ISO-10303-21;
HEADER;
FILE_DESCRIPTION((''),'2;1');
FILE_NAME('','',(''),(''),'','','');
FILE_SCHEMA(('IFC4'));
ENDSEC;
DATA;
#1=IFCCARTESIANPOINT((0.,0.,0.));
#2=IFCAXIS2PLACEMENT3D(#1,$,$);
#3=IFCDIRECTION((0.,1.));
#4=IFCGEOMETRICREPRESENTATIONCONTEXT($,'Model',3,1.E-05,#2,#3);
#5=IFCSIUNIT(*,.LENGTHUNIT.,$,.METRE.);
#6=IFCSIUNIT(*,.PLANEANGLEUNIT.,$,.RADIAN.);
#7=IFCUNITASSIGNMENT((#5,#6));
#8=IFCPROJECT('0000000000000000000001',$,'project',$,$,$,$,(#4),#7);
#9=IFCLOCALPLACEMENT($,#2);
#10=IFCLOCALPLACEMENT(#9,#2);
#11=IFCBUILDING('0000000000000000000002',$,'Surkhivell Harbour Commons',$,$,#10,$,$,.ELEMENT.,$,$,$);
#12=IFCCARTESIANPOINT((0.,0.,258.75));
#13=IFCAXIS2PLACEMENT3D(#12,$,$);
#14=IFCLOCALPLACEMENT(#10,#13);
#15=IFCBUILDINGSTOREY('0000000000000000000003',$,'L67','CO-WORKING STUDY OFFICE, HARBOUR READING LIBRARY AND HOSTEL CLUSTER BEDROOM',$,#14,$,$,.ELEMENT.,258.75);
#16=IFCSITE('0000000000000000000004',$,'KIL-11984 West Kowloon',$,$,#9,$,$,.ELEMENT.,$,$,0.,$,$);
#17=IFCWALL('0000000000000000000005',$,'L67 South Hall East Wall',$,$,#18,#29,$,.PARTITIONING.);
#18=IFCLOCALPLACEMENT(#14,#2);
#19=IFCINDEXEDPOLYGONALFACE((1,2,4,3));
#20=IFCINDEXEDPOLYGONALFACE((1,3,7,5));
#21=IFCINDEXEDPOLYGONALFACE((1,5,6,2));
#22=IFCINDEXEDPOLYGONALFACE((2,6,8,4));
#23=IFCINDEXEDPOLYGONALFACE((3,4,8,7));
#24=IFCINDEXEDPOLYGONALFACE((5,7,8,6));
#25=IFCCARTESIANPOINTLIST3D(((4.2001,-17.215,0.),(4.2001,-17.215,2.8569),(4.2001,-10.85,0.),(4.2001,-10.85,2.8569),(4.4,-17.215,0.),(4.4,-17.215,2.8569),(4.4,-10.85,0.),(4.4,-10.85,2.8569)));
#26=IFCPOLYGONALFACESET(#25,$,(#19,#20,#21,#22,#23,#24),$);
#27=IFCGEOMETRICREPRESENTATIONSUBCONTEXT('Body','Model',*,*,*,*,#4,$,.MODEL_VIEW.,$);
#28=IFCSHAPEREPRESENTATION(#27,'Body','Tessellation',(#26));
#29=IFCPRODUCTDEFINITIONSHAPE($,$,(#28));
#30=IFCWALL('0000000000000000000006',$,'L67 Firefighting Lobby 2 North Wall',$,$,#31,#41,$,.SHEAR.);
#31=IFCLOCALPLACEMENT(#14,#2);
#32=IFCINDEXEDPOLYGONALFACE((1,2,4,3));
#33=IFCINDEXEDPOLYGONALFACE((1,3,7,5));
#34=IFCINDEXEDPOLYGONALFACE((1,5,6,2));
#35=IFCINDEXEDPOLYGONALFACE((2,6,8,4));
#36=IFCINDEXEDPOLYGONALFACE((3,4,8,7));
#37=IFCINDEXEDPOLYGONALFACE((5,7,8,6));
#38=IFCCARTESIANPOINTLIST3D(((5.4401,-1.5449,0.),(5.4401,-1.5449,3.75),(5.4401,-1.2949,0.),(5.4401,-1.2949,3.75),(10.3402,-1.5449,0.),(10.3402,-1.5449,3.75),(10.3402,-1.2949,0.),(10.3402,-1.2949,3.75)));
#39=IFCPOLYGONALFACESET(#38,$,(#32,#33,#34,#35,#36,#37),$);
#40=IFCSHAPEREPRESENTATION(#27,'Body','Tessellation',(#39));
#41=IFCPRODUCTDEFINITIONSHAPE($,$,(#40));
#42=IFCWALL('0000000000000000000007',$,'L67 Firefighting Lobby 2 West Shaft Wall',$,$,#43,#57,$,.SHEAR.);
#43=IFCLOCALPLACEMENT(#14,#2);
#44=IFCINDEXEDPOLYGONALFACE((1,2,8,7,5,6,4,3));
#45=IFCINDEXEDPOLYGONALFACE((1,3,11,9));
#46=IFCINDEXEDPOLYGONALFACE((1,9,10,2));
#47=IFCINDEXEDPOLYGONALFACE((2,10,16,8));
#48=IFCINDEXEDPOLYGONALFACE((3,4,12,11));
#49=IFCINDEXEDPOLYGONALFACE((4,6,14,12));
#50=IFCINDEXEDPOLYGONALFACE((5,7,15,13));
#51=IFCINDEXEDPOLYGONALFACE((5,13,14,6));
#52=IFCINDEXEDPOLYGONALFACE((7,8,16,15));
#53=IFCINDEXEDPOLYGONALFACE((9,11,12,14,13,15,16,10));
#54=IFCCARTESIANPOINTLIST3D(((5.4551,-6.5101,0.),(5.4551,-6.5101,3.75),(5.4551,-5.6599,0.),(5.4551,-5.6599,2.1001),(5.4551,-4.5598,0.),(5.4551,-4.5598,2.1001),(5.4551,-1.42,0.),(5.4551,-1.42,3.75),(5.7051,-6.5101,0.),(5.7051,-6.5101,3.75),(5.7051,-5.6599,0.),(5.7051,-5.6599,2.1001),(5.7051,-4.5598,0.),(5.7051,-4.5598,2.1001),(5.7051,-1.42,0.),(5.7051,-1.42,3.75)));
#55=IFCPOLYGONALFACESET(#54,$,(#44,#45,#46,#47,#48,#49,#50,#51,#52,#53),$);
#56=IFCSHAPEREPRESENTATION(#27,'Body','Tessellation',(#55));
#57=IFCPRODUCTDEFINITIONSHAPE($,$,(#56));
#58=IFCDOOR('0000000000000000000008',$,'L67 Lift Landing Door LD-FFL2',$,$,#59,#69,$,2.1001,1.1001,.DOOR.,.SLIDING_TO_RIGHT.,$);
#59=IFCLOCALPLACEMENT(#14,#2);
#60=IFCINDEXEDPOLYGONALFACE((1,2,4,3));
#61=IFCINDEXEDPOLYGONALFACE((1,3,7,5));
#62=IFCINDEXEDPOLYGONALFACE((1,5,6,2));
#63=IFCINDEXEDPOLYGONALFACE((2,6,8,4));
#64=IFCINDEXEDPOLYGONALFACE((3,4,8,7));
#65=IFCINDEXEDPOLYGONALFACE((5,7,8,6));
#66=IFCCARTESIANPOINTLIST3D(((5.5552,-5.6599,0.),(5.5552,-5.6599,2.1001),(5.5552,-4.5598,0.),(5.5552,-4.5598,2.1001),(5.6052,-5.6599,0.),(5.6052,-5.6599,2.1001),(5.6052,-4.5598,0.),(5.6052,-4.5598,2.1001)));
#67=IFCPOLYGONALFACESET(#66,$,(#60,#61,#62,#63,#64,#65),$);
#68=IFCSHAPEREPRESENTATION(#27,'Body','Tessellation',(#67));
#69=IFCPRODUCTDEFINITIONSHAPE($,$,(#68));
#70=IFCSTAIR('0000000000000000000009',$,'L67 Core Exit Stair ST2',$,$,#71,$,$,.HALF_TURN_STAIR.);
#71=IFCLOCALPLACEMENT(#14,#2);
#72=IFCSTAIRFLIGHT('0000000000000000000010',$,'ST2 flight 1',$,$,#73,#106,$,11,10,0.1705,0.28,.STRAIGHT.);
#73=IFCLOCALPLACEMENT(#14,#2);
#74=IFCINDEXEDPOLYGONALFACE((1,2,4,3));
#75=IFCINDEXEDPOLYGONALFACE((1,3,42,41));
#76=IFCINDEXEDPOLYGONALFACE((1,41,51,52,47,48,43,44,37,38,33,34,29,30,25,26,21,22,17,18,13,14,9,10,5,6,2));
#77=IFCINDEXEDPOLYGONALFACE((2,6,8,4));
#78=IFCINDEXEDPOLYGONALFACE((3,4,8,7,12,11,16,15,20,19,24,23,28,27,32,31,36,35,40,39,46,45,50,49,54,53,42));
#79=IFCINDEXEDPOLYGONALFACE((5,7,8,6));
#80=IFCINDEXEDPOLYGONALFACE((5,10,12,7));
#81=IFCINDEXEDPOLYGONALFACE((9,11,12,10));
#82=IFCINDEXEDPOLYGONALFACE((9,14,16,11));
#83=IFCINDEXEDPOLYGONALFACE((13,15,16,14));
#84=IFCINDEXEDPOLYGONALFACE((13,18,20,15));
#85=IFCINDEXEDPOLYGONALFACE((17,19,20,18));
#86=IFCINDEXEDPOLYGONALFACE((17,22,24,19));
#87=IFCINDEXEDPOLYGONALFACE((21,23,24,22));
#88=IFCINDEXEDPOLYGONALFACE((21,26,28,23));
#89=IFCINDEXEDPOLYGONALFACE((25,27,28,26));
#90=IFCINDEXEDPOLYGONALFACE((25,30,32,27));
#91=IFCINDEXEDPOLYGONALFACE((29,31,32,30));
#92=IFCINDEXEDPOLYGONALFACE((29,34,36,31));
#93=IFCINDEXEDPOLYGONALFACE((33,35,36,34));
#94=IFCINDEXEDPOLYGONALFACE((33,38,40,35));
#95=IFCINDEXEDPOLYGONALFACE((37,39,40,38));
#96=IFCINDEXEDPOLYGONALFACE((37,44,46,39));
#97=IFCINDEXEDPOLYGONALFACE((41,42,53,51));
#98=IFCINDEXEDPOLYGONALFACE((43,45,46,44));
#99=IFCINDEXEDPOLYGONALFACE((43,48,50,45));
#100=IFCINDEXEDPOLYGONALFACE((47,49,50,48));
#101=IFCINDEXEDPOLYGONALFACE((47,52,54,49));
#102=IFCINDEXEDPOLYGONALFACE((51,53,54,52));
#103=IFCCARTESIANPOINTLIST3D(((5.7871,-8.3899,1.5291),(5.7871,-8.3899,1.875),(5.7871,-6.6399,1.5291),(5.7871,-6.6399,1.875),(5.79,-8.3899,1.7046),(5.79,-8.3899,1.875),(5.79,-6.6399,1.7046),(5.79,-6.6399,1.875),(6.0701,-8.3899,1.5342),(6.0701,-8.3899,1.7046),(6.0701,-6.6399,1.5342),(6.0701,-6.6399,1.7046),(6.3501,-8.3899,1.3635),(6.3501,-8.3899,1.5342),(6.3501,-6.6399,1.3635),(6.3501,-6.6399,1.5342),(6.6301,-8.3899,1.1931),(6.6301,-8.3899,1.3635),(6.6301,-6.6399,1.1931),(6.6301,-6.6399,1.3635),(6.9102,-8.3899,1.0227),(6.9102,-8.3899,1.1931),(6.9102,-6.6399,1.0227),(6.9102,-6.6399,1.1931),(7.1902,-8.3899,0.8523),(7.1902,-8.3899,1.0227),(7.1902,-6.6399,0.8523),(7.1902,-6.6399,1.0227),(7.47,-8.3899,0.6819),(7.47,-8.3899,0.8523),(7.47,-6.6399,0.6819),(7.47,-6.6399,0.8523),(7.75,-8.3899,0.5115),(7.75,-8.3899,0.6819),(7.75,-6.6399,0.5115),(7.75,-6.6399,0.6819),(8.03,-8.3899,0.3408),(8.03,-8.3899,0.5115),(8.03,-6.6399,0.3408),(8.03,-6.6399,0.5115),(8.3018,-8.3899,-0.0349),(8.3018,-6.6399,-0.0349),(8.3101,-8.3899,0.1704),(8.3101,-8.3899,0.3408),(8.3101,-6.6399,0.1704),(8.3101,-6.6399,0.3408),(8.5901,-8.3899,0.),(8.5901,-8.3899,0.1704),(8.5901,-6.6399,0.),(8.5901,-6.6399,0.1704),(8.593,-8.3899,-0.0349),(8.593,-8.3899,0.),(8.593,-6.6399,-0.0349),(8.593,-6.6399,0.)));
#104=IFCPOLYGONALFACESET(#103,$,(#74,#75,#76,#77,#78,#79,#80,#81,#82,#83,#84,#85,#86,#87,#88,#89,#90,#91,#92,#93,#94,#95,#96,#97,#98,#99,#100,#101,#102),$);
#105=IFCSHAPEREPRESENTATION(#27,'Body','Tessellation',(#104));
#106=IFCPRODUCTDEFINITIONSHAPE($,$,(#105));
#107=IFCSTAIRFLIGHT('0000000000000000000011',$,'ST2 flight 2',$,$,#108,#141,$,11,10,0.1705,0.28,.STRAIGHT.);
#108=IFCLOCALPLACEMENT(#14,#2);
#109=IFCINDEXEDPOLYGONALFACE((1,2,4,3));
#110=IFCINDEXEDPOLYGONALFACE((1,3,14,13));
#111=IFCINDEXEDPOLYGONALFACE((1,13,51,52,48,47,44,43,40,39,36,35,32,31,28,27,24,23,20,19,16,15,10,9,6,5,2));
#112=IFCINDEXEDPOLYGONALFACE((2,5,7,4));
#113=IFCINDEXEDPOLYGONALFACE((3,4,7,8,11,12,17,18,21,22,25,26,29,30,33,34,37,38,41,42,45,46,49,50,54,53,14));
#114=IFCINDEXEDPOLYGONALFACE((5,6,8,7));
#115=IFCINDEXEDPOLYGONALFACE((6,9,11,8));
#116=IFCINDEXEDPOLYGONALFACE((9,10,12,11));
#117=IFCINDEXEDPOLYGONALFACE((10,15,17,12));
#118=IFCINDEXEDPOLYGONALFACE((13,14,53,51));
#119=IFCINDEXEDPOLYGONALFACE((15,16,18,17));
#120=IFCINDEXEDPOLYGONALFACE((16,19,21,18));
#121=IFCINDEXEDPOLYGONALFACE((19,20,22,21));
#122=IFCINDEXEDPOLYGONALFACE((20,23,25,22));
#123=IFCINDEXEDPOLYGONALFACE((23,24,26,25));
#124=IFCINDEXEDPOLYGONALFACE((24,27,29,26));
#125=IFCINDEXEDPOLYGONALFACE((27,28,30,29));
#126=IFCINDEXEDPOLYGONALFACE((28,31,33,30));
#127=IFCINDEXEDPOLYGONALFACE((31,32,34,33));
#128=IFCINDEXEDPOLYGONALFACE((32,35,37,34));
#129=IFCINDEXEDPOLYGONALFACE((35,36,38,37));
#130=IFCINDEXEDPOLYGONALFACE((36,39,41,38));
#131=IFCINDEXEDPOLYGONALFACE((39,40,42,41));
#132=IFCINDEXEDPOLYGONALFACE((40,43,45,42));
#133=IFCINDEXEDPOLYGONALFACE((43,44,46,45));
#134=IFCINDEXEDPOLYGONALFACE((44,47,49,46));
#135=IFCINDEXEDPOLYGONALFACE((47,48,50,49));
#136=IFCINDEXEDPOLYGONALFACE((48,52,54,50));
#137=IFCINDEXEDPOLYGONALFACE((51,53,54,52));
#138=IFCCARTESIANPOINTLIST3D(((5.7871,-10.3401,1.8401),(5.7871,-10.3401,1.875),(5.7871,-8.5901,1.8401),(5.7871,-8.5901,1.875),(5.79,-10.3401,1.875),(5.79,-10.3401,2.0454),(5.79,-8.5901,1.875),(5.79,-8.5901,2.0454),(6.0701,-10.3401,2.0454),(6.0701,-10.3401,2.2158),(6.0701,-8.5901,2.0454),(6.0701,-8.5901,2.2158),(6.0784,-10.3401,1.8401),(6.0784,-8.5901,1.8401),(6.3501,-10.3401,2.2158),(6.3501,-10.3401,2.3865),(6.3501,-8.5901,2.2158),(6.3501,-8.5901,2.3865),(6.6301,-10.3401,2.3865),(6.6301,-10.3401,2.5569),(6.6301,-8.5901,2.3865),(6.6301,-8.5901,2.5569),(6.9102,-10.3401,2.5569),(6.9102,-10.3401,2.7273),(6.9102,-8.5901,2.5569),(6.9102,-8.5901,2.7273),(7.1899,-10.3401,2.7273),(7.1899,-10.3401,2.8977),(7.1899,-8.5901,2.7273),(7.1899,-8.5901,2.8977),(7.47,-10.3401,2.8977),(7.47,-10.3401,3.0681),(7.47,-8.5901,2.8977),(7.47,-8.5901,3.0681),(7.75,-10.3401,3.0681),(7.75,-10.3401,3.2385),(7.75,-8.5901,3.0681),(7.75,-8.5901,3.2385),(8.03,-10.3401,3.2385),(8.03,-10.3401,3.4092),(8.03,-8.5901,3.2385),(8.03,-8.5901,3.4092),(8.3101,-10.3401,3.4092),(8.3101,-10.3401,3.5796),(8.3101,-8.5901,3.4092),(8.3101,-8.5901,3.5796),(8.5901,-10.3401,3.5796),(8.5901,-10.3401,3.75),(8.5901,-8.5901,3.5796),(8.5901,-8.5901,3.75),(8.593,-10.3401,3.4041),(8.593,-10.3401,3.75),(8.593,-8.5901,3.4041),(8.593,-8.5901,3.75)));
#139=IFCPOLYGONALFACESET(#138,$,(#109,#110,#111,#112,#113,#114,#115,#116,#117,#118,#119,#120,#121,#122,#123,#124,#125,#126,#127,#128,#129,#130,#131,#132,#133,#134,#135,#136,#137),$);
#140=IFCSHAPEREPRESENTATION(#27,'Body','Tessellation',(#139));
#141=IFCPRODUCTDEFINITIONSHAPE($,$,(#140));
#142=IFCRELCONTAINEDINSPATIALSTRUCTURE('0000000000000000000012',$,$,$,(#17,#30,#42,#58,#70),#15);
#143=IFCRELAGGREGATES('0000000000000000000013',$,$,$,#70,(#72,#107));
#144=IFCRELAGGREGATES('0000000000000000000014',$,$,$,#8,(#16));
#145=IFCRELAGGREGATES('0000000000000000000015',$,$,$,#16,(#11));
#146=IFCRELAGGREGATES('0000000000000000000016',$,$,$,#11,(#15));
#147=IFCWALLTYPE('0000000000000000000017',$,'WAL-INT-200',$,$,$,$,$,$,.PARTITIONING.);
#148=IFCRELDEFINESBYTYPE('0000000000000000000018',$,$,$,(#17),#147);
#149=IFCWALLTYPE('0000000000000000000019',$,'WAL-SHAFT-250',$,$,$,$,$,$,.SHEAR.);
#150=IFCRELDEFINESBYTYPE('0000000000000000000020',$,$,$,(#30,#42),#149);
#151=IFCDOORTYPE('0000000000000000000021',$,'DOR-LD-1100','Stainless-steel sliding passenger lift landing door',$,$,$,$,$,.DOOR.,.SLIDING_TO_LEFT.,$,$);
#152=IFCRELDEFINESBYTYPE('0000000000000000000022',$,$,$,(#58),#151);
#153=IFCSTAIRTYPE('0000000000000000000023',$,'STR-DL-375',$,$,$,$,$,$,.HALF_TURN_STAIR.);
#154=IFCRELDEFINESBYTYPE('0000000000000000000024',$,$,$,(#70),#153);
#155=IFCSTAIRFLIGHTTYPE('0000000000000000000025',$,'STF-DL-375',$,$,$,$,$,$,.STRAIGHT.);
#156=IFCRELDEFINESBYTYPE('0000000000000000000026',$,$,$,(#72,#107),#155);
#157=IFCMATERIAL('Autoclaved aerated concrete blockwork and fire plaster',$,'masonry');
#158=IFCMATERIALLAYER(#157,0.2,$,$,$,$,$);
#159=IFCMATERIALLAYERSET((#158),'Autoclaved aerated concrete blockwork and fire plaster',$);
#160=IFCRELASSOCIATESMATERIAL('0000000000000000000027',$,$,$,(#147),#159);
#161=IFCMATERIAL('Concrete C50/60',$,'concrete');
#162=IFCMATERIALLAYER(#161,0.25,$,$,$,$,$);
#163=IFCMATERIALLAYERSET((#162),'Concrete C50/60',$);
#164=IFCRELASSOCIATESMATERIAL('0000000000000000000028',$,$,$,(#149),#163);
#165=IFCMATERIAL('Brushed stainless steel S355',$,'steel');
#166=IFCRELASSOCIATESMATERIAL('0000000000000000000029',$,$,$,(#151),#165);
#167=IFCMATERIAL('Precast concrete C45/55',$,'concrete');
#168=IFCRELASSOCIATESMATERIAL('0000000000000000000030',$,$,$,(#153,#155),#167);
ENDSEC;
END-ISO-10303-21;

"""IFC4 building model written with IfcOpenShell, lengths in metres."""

from ifc_helpers import new_model, si_unit, direction, frame, frame_2d, origin, place, context, subcontext, project, spatial, polyline, rectangle, outline, extrude, material, layer, layer_set, type_object, element, fill, aggregate, save


model = new_model("IFC4")

# Units and contexts
model_context = context("Model", 3, precision=1e-05, world=origin(), true_north=direction((0.0, 1.0)))
body_context = subcontext(model_context, "Body", "Model", "MODEL_VIEW")
ifc_project = project(units=[si_unit("LENGTHUNIT", "METRE"), si_unit("PLANEANGLEUNIT", "RADIAN")], contexts=[model_context])

# Site, building, storey
site_placement = place(None, origin())
site = spatial("IfcSite", under=ifc_project, at=site_placement, Name="KIL-11984 West Kowloon", CompositionType="ELEMENT", RefElevation=0.0)
building_placement = place(site_placement, origin())
building = spatial("IfcBuilding", under=site, at=building_placement, Name="Surkhivell Harbour Commons", CompositionType="ELEMENT")
storey_placement = place(building_placement, frame((0.0, 0.0, 258.75)))
storey = spatial("IfcBuildingStorey", under=building, at=storey_placement, Name="L67", Description="CO-WORKING STUDY OFFICE, HARBOUR READING LIBRARY AND HOSTEL CLUSTER BEDROOM", CompositionType="ELEMENT", Elevation=258.75)

# Shared definitions
ifc_material_1 = material(Name="Concrete C50/60", Category="concrete")

# Walls
ifc_material_2 = material(Name="Autoclaved aerated concrete blockwork and fire plaster", Category="masonry")
ifc_layer_1 = layer(ifc_material_2, 0.2)
ifc_layer_set_1 = layer_set([ifc_layer_1], Name="Autoclaved aerated concrete blockwork and fire plaster")
wall_type_1 = type_object("IfcWallType", Name="WAL-INT-200", PredefinedType="PARTITIONING", material=ifc_layer_set_1)
wall_1_placement = place(storey_placement, frame((4.3, -17.2151, 0.0), z_axis=(0.0, 0.0, 1.0), x_axis=(0.0, 1.0, 0.0)))
element("IfcWall", 1, at=wall_1_placement, inside=storey, type_object=wall_type_1, Name="L67 South Hall East Wall", PredefinedType="PARTITIONING", context=body_context, shape_type="SweptSolid", body=[
    extrude(rectangle(XDim=6.365, YDim=0.2, at=frame_2d((3.1826, 0.0))), origin(), (0.0, 0.0, 1.0), 2.8569),
])
ifc_layer_2 = layer(ifc_material_1, 0.25)
ifc_layer_set_2 = layer_set([ifc_layer_2], Name="Concrete C50/60")
wall_type_2 = type_object("IfcWallType", Name="WAL-SHAFT-250", PredefinedType="SHEAR", material=ifc_layer_set_2)
wall_2_placement = place(storey_placement, frame((5.4399, -1.4199, 0.0), z_axis=(0.0, 0.0, 1.0), x_axis=(1.0, 0.0, 0.0)))
element("IfcWall", 2, at=wall_2_placement, inside=storey, type_object=wall_type_2, Name="L67 Firefighting Lobby 2 North Wall", PredefinedType="SHEAR", context=body_context, shape_type="SweptSolid", body=[
    extrude(rectangle(XDim=4.9001, YDim=0.25, at=frame_2d((2.4502, 0.0))), origin(), (0.0, 0.0, 1.0), 3.75),
])

# Wall, opening, door
wall_3_placement = place(storey_placement, frame((5.5801, -6.51, 0.0), z_axis=(0.0, 0.0, 1.0), x_axis=(0.0, 1.0, 0.0)))
wall_3 = element("IfcWall", 3, at=wall_3_placement, inside=storey, type_object=wall_type_2, Name="L67 Firefighting Lobby 2 West Shaft Wall", PredefinedType="SHEAR", context=body_context, shape_type="SweptSolid", body=[
    extrude(rectangle(XDim=5.0901, YDim=0.25, at=frame_2d((2.5449, 0.0))), origin(), (0.0, 0.0, 1.0), 3.75),
])
opening_placement = place(wall_3_placement, frame((0.8501, 0.0, 0.0)))
opening = element("IfcOpeningElement", 4, at=opening_placement, cuts=wall_3, PredefinedType="OPENING", context=body_context, shape_type="SweptSolid", body=[
    extrude(rectangle(XDim=1.1001, YDim=2.1001, at=frame_2d((0.55, 1.05))), frame((0.0, 0.135, 0.0), z_axis=(0.0, -1.0, 0.0), x_axis=(1.0, 0.0, 0.0)), (0.0, 0.0, 1.0), 0.27),
])
ifc_material_3 = material(Name="Brushed stainless steel S355", Category="steel")
door_type = type_object("IfcDoorType", Name="DOR-LD-1100", Description="Stainless-steel sliding passenger lift landing door", OperationType="SLIDING_TO_LEFT", PredefinedType="DOOR", material=ifc_material_3)
door_placement = place(opening_placement, origin())
door = element("IfcDoor", 5, at=door_placement, inside=storey, type_object=door_type, Name="L67 Lift Landing Door LD-FFL2", OperationType="SLIDING_TO_RIGHT", OverallHeight=2.1001, OverallWidth=1.1001, PredefinedType="DOOR", context=body_context, shape_type="SweptSolid", body=[
    extrude(rectangle(XDim=1.1001, YDim=2.1001, at=frame_2d((0.55, 1.05))), frame((0.0, 0.0249, 0.0), z_axis=(0.0, -1.0, 0.0), x_axis=(1.0, 0.0, 0.0)), (0.0, 0.0, 1.0), 0.05),
])
fill(opening, door)

# Stair, stair flights
ifc_material_4 = material(Name="Precast concrete C45/55", Category="concrete")
stair_type = type_object("IfcStairType", Name="STR-DL-375", PredefinedType="HALF_TURN_STAIR", material=ifc_material_4)
stair_placement = place(storey_placement, origin())
stair = element("IfcStair", 6, at=stair_placement, inside=storey, type_object=stair_type, Name="L67 Core Exit Stair ST2", PredefinedType="HALF_TURN_STAIR")
stair_flight_type = type_object("IfcStairFlightType", Name="STF-DL-375", PredefinedType="STRAIGHT", material=ifc_material_4)
stair_flight_1_placement = place(storey_placement, frame((8.5901, -7.5149, 0.0), z_axis=(0.0, 0.0, 1.0), x_axis=(-1.0, 0.0, 0.0)))
stair_flight_1 = element("IfcStairFlight", 7, at=stair_flight_1_placement, type_object=stair_flight_type, Name="ST2 flight 1", NumberOfRisers=11, NumberOfTreads=10, PredefinedType="STRAIGHT", RiserHeight=0.1705, TreadLength=0.28, context=body_context, shape_type="SweptSolid", body=[
    extrude(outline(polyline([(-0.0029, -0.0349), (-0.0029, 0.0), (0.0, 0.0), (0.0, 0.1704), (0.28, 0.1704), (0.28, 0.3408), (0.5601, 0.3408), (0.5601, 0.5115), (0.8401, 0.5115), (0.8401, 0.6819), (1.1201, 0.6819), (1.1201, 0.8523), (1.3999, 0.8523), (1.3999, 1.0227), (1.6799, 1.0227), (1.6799, 1.1931), (1.96, 1.1931), (1.96, 1.3635), (2.24, 1.3635), (2.24, 1.5342), (2.52, 1.5342), (2.52, 1.7046), (2.8, 1.7046), (2.8, 1.875), (2.803, 1.875), (2.803, 1.5291), (0.2883, -0.0349), (-0.0029, -0.0349)])), frame((0.0, 0.875, 0.0), z_axis=(0.0, -1.0, 0.0), x_axis=(1.0, 0.0, 0.0)), (0.0, 0.0, 1.0), 1.75),
])
stair_flight_2_placement = place(storey_placement, frame((5.79, -9.4651, 1.875), z_axis=(0.0, 0.0, 1.0), x_axis=(1.0, 0.0, 0.0)))
stair_flight_2 = element("IfcStairFlight", 8, at=stair_flight_2_placement, type_object=stair_flight_type, Name="ST2 flight 2", NumberOfRisers=11, NumberOfTreads=10, PredefinedType="STRAIGHT", RiserHeight=0.1705, TreadLength=0.28, context=body_context, shape_type="SweptSolid", body=[
    extrude(outline(polyline([(-0.0029, -0.0349), (-0.0029, 0.0), (0.0, 0.0), (0.0, 0.1704), (0.28, 0.1704), (0.28, 0.3408), (0.5601, 0.3408), (0.5601, 0.5115), (0.8401, 0.5115), (0.8401, 0.6819), (1.1201, 0.6819), (1.1201, 0.8523), (1.3999, 0.8523), (1.3999, 1.0227), (1.6799, 1.0227), (1.6799, 1.1931), (1.96, 1.1931), (1.96, 1.3635), (2.24, 1.3635), (2.24, 1.5342), (2.52, 1.5342), (2.52, 1.7046), (2.8, 1.7046), (2.8, 1.875), (2.803, 1.875), (2.803, 1.5291), (0.2883, -0.0349), (-0.0029, -0.0349)])), frame((0.0, 0.875, 0.0), z_axis=(0.0, -1.0, 0.0), x_axis=(1.0, 0.0, 0.0)), (0.0, 0.0, 1.0), 1.75),
])
aggregate(stair, [stair_flight_1, stair_flight_2])

save(model, "model.ifc")
